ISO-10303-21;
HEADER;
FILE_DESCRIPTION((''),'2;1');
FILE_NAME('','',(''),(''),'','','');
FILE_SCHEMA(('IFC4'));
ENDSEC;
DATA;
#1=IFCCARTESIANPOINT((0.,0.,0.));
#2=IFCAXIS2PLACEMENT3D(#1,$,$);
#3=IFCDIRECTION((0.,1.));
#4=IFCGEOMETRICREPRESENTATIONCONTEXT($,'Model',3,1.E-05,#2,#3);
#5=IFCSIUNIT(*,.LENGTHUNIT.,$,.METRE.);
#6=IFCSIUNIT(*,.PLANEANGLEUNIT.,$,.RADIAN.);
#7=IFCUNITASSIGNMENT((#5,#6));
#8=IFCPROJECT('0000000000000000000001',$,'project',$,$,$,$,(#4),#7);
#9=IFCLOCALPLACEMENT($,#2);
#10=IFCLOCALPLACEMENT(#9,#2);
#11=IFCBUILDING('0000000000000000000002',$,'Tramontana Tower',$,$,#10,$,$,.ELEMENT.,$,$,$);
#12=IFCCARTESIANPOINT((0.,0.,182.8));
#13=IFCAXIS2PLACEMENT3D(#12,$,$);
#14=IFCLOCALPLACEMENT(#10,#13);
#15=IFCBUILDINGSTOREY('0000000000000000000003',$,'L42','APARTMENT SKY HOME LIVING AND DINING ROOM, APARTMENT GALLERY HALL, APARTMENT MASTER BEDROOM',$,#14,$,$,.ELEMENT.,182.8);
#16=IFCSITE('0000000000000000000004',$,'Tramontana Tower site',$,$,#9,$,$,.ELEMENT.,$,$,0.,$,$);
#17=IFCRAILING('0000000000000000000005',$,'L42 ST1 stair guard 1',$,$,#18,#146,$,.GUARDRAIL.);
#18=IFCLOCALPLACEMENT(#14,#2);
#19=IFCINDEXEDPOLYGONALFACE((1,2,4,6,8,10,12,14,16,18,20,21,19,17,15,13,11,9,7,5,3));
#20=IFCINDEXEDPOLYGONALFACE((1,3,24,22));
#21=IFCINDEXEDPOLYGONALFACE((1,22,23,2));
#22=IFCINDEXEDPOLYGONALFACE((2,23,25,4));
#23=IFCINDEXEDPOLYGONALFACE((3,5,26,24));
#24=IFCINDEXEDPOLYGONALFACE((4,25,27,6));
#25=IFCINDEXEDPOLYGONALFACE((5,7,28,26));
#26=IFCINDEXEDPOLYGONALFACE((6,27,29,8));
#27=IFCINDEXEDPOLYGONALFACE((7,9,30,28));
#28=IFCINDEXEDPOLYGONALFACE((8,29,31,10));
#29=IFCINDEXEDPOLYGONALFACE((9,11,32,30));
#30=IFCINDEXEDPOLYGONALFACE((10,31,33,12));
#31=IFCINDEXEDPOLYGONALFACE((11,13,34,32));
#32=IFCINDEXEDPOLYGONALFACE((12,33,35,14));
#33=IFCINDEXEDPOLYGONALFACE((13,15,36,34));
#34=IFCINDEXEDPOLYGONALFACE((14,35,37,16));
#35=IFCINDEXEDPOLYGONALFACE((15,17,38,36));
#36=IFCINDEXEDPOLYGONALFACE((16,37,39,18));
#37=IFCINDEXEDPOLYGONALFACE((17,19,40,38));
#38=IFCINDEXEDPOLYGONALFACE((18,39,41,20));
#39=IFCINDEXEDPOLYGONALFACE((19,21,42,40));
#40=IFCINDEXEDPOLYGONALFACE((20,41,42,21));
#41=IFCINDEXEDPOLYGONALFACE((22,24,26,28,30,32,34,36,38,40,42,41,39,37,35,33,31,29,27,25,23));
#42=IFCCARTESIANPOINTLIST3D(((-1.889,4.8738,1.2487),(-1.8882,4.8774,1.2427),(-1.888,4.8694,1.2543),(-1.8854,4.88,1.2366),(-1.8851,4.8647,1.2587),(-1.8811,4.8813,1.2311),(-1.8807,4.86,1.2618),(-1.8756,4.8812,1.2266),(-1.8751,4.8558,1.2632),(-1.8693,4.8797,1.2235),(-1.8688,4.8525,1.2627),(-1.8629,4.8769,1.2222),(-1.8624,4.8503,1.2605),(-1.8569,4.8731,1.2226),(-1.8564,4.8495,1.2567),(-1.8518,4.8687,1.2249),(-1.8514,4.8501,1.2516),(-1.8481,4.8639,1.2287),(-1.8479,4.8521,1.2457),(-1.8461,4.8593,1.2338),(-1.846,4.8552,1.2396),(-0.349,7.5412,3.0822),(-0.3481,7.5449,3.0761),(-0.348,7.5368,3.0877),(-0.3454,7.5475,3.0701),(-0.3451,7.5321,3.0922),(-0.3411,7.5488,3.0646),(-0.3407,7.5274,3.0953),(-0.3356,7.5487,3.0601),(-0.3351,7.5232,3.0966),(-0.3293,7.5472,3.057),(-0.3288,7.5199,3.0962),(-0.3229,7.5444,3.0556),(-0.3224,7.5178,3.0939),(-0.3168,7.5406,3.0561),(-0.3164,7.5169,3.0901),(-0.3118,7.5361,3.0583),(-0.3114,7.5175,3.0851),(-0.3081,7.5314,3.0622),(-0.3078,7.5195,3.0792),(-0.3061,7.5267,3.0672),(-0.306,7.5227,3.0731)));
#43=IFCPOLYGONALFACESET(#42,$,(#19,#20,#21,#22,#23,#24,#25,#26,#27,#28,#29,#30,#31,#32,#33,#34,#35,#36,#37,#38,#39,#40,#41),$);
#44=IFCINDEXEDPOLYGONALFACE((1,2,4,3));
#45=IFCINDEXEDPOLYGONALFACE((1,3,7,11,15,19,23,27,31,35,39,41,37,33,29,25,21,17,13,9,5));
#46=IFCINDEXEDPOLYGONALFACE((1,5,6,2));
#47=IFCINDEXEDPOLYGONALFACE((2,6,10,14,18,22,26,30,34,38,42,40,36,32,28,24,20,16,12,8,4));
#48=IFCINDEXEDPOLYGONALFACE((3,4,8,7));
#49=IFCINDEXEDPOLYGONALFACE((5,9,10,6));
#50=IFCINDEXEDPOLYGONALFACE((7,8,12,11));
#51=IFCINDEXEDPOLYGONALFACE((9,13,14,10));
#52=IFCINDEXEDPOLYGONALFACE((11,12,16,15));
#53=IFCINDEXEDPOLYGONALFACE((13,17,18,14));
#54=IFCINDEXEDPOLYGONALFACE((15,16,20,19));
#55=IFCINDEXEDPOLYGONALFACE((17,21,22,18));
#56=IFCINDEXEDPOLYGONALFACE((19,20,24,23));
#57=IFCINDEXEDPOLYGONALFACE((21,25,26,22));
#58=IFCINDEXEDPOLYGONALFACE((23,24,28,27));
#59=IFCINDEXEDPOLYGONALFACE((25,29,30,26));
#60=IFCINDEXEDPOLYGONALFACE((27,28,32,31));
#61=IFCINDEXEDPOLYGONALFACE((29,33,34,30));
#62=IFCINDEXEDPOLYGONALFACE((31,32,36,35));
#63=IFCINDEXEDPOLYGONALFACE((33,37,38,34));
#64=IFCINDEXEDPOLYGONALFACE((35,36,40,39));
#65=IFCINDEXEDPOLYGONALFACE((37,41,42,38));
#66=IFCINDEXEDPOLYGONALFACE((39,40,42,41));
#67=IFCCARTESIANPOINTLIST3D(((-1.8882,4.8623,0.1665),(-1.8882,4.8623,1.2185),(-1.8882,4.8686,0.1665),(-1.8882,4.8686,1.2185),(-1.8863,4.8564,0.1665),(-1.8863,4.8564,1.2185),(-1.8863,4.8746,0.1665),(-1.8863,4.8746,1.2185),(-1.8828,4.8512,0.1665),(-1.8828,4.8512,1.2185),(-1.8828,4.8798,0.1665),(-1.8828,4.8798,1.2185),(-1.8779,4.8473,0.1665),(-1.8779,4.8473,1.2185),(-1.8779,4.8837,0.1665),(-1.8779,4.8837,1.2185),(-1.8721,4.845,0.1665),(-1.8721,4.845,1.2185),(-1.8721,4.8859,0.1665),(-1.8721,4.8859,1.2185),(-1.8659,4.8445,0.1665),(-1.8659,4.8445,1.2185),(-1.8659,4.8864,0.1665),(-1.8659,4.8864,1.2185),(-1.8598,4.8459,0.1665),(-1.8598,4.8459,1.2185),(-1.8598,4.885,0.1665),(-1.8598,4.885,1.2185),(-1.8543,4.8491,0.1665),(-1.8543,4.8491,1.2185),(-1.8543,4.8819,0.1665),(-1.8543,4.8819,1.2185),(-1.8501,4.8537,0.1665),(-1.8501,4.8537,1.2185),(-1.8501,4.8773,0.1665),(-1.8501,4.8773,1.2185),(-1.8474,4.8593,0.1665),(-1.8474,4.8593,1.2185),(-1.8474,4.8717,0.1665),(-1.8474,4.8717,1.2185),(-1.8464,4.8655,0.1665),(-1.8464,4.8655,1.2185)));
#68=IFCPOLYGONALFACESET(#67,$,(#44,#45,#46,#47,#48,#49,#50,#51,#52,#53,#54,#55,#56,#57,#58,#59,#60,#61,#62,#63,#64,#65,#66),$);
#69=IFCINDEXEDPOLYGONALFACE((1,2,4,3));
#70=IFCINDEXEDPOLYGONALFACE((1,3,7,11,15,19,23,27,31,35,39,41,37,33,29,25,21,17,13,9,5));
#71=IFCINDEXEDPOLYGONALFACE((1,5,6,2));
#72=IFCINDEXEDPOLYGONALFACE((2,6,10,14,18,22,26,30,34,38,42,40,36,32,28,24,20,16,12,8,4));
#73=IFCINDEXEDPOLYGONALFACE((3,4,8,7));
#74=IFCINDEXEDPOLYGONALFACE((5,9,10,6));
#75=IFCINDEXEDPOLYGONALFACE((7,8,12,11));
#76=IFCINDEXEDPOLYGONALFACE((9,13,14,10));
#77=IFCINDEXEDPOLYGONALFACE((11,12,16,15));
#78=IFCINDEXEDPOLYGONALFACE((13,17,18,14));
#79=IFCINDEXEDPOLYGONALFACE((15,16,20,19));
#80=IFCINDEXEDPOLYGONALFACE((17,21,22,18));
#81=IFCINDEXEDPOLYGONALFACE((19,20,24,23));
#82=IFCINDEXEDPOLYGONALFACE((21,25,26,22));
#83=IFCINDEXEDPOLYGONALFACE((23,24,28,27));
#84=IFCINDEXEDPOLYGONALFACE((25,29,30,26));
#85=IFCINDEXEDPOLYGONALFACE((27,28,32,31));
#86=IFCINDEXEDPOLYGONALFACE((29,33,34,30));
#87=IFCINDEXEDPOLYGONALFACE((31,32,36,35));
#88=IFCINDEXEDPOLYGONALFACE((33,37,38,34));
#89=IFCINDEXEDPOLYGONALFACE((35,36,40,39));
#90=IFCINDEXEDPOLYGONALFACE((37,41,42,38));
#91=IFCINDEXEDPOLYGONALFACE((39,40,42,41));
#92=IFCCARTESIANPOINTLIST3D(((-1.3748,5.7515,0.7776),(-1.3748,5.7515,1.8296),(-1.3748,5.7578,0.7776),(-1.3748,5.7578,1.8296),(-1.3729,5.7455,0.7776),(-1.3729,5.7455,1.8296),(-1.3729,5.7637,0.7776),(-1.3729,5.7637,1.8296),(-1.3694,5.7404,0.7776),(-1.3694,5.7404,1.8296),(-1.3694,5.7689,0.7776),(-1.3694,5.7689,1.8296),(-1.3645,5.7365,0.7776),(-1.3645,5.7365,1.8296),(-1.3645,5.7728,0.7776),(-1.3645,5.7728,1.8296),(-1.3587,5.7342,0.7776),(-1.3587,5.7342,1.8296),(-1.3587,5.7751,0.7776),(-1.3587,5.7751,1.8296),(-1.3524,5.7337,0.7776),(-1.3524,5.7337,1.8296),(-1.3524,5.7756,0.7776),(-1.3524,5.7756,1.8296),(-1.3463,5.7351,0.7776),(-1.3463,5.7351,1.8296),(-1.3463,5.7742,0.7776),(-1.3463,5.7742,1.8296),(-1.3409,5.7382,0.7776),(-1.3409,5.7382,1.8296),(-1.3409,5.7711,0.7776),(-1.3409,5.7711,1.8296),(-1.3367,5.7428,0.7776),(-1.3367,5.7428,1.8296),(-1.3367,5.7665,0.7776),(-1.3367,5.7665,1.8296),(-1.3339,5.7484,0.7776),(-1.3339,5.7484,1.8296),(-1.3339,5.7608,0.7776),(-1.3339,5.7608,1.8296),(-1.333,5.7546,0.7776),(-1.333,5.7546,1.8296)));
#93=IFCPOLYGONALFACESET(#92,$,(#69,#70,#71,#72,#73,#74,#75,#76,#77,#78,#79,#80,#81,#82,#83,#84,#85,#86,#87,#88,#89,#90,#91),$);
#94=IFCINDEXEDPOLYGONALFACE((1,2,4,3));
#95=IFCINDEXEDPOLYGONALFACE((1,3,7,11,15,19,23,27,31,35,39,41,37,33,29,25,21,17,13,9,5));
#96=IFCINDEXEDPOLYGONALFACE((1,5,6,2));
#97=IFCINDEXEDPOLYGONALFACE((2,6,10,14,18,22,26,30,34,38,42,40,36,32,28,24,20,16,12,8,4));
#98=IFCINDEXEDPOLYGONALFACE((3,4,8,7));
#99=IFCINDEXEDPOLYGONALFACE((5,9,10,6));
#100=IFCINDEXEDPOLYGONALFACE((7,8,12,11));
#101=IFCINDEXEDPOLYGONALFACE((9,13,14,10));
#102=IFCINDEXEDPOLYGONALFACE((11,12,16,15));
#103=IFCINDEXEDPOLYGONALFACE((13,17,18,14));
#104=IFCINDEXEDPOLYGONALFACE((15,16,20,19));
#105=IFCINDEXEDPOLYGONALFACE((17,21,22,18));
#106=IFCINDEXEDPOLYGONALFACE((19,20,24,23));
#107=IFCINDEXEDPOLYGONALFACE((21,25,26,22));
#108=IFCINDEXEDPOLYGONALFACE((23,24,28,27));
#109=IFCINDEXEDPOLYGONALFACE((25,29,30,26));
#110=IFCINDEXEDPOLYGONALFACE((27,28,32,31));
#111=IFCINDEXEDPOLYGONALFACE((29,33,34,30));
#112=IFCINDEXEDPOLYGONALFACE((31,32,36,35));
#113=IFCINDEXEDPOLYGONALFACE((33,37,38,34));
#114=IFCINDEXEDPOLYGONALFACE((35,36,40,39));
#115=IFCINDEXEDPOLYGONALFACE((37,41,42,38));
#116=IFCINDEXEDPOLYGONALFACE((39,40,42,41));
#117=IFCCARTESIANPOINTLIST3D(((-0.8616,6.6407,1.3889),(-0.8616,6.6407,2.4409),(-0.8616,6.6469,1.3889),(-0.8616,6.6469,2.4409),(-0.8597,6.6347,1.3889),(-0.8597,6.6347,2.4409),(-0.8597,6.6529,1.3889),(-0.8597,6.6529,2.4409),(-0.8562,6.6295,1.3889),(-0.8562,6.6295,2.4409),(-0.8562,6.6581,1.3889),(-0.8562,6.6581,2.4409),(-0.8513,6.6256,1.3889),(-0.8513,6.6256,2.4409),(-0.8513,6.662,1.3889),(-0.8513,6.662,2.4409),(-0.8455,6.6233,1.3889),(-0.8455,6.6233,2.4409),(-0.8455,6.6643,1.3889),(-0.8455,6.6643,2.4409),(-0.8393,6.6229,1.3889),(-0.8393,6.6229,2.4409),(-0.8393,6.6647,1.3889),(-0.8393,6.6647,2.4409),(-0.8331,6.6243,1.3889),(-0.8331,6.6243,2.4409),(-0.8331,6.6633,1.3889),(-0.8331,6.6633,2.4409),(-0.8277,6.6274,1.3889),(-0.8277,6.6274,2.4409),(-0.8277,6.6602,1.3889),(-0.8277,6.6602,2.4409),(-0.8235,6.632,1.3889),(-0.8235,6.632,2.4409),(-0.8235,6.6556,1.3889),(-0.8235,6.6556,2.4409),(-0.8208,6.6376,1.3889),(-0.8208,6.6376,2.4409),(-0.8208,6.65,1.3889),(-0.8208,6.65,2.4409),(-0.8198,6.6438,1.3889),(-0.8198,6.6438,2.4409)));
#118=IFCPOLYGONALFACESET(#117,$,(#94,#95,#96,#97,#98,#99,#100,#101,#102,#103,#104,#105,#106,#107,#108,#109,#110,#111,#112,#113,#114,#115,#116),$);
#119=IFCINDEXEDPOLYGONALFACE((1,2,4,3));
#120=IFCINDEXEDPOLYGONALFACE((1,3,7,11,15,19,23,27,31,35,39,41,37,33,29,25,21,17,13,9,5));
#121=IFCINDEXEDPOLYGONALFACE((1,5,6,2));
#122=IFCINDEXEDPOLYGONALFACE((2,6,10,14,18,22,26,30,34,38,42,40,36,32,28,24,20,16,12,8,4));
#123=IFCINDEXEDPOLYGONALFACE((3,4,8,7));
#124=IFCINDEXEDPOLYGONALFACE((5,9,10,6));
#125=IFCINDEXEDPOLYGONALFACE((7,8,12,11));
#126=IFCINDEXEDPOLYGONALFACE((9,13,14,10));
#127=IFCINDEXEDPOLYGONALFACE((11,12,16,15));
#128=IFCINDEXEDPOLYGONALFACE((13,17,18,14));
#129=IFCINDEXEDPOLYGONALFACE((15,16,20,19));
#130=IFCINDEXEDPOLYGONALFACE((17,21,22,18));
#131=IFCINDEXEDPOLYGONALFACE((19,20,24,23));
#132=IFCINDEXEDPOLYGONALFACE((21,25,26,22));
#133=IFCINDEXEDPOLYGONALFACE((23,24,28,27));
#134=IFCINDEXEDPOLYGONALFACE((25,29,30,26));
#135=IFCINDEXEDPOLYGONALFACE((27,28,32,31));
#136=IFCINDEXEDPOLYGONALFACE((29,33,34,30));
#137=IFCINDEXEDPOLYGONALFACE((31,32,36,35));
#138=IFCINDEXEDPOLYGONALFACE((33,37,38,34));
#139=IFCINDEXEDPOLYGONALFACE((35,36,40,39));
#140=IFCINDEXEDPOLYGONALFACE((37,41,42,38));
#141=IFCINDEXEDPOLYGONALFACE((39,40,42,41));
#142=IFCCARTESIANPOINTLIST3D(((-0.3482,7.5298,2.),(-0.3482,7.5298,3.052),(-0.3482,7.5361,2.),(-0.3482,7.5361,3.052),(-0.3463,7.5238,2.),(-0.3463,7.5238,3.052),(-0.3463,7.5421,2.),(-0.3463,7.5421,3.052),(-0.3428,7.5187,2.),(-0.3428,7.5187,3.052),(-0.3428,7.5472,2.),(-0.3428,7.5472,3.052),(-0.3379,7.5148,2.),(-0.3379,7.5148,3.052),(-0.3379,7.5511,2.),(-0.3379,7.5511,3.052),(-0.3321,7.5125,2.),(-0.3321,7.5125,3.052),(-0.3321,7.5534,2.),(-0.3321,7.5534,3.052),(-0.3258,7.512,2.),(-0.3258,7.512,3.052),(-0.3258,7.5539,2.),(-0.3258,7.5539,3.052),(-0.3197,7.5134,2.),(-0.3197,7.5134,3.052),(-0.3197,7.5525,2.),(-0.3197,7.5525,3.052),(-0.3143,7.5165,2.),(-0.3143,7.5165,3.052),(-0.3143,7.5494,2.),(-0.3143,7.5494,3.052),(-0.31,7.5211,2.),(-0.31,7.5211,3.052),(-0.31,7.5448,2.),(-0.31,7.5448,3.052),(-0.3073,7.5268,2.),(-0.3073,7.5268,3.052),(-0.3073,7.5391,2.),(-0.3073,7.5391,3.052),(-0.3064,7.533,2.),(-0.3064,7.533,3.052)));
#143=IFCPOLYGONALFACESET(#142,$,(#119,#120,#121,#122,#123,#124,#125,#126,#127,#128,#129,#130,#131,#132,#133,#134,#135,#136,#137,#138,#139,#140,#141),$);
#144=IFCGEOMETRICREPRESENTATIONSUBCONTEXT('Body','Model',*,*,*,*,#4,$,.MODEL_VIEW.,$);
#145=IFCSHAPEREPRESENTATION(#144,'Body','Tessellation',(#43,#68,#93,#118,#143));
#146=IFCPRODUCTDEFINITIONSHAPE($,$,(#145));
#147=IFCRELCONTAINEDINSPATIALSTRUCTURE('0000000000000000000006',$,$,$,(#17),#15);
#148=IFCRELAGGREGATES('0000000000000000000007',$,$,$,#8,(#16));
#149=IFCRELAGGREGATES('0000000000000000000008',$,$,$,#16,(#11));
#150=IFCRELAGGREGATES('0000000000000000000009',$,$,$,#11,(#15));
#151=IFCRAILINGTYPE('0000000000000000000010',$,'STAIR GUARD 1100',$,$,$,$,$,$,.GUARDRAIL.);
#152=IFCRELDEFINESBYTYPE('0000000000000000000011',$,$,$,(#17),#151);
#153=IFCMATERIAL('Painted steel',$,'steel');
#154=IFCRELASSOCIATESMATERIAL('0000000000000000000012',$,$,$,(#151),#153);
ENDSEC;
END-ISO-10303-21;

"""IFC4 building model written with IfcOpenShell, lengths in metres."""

from ifc_helpers import new_model, si_unit, direction, frame, origin, origin_2d, place, context, subcontext, project, spatial, circle, extrude, material, type_object, element, save


model = new_model("IFC4")

# Units and contexts
model_context = context("Model", 3, precision=1e-05, world=origin(), true_north=direction((0.0, 1.0)))
body_context = subcontext(model_context, "Body", "Model", "MODEL_VIEW")
ifc_project = project(units=[si_unit("LENGTHUNIT", "METRE"), si_unit("PLANEANGLEUNIT", "RADIAN")], contexts=[model_context])

# Site, building, storey
site_placement = place(None, origin())
site = spatial("IfcSite", under=ifc_project, at=site_placement, Name="Tramontana Tower site", CompositionType="ELEMENT", RefElevation=0.0)
building_placement = place(site_placement, origin())
building = spatial("IfcBuilding", under=site, at=building_placement, Name="Tramontana Tower", CompositionType="ELEMENT")
storey_placement = place(building_placement, frame((0.0, 0.0, 182.8)))
storey = spatial("IfcBuildingStorey", under=building, at=storey_placement, Name="L42", Description="APARTMENT SKY HOME LIVING AND DINING ROOM, APARTMENT GALLERY HALL, APARTMENT MASTER BEDROOM", CompositionType="ELEMENT", Elevation=182.8)

# Railing
ifc_material_1 = material(Name="Painted steel", Category="steel")
railing_type_1 = type_object("IfcRailingType", Name="STAIR GUARD 1100", PredefinedType="GUARDRAIL", material=ifc_material_1)
railing_1_placement = place(storey_placement, frame((-1.8674, 4.8655, 0.1665)))
element("IfcRailing", 1, at=railing_1_placement, inside=storey, type_object=railing_type_1, Name="L42 ST1 stair guard 1", PredefinedType="GUARDRAIL", context=body_context, shape_type="SweptSolid", body=[
    extrude(circle(Radius=0.0239, at=origin_2d()), frame((0.0, 0.0, 1.0762), z_axis=(0.429634, 0.744164, 0.511502), x_axis=(-0.86603, 0.499992, 0.0)), (0.0, 0.0, 1.0), 3.5845),
    extrude(circle(Radius=0.021, at=origin_2d()), origin(), (0.0, 0.0, 1.0), 1.052),
    extrude(circle(Radius=0.021, at=origin_2d()), frame((0.5134, 0.8892, 0.6111)), (0.0, 0.0, 1.0), 1.052),
    extrude(circle(Radius=0.021, at=origin_2d()), frame((1.0266, 1.7783, 1.2224)), (0.0, 0.0, 1.0), 1.052),
    extrude(circle(Radius=0.021, at=origin_2d()), frame((1.54, 2.6675, 1.8335)), (0.0, 0.0, 1.0), 1.052),
])

save(model, "model.ifc")
